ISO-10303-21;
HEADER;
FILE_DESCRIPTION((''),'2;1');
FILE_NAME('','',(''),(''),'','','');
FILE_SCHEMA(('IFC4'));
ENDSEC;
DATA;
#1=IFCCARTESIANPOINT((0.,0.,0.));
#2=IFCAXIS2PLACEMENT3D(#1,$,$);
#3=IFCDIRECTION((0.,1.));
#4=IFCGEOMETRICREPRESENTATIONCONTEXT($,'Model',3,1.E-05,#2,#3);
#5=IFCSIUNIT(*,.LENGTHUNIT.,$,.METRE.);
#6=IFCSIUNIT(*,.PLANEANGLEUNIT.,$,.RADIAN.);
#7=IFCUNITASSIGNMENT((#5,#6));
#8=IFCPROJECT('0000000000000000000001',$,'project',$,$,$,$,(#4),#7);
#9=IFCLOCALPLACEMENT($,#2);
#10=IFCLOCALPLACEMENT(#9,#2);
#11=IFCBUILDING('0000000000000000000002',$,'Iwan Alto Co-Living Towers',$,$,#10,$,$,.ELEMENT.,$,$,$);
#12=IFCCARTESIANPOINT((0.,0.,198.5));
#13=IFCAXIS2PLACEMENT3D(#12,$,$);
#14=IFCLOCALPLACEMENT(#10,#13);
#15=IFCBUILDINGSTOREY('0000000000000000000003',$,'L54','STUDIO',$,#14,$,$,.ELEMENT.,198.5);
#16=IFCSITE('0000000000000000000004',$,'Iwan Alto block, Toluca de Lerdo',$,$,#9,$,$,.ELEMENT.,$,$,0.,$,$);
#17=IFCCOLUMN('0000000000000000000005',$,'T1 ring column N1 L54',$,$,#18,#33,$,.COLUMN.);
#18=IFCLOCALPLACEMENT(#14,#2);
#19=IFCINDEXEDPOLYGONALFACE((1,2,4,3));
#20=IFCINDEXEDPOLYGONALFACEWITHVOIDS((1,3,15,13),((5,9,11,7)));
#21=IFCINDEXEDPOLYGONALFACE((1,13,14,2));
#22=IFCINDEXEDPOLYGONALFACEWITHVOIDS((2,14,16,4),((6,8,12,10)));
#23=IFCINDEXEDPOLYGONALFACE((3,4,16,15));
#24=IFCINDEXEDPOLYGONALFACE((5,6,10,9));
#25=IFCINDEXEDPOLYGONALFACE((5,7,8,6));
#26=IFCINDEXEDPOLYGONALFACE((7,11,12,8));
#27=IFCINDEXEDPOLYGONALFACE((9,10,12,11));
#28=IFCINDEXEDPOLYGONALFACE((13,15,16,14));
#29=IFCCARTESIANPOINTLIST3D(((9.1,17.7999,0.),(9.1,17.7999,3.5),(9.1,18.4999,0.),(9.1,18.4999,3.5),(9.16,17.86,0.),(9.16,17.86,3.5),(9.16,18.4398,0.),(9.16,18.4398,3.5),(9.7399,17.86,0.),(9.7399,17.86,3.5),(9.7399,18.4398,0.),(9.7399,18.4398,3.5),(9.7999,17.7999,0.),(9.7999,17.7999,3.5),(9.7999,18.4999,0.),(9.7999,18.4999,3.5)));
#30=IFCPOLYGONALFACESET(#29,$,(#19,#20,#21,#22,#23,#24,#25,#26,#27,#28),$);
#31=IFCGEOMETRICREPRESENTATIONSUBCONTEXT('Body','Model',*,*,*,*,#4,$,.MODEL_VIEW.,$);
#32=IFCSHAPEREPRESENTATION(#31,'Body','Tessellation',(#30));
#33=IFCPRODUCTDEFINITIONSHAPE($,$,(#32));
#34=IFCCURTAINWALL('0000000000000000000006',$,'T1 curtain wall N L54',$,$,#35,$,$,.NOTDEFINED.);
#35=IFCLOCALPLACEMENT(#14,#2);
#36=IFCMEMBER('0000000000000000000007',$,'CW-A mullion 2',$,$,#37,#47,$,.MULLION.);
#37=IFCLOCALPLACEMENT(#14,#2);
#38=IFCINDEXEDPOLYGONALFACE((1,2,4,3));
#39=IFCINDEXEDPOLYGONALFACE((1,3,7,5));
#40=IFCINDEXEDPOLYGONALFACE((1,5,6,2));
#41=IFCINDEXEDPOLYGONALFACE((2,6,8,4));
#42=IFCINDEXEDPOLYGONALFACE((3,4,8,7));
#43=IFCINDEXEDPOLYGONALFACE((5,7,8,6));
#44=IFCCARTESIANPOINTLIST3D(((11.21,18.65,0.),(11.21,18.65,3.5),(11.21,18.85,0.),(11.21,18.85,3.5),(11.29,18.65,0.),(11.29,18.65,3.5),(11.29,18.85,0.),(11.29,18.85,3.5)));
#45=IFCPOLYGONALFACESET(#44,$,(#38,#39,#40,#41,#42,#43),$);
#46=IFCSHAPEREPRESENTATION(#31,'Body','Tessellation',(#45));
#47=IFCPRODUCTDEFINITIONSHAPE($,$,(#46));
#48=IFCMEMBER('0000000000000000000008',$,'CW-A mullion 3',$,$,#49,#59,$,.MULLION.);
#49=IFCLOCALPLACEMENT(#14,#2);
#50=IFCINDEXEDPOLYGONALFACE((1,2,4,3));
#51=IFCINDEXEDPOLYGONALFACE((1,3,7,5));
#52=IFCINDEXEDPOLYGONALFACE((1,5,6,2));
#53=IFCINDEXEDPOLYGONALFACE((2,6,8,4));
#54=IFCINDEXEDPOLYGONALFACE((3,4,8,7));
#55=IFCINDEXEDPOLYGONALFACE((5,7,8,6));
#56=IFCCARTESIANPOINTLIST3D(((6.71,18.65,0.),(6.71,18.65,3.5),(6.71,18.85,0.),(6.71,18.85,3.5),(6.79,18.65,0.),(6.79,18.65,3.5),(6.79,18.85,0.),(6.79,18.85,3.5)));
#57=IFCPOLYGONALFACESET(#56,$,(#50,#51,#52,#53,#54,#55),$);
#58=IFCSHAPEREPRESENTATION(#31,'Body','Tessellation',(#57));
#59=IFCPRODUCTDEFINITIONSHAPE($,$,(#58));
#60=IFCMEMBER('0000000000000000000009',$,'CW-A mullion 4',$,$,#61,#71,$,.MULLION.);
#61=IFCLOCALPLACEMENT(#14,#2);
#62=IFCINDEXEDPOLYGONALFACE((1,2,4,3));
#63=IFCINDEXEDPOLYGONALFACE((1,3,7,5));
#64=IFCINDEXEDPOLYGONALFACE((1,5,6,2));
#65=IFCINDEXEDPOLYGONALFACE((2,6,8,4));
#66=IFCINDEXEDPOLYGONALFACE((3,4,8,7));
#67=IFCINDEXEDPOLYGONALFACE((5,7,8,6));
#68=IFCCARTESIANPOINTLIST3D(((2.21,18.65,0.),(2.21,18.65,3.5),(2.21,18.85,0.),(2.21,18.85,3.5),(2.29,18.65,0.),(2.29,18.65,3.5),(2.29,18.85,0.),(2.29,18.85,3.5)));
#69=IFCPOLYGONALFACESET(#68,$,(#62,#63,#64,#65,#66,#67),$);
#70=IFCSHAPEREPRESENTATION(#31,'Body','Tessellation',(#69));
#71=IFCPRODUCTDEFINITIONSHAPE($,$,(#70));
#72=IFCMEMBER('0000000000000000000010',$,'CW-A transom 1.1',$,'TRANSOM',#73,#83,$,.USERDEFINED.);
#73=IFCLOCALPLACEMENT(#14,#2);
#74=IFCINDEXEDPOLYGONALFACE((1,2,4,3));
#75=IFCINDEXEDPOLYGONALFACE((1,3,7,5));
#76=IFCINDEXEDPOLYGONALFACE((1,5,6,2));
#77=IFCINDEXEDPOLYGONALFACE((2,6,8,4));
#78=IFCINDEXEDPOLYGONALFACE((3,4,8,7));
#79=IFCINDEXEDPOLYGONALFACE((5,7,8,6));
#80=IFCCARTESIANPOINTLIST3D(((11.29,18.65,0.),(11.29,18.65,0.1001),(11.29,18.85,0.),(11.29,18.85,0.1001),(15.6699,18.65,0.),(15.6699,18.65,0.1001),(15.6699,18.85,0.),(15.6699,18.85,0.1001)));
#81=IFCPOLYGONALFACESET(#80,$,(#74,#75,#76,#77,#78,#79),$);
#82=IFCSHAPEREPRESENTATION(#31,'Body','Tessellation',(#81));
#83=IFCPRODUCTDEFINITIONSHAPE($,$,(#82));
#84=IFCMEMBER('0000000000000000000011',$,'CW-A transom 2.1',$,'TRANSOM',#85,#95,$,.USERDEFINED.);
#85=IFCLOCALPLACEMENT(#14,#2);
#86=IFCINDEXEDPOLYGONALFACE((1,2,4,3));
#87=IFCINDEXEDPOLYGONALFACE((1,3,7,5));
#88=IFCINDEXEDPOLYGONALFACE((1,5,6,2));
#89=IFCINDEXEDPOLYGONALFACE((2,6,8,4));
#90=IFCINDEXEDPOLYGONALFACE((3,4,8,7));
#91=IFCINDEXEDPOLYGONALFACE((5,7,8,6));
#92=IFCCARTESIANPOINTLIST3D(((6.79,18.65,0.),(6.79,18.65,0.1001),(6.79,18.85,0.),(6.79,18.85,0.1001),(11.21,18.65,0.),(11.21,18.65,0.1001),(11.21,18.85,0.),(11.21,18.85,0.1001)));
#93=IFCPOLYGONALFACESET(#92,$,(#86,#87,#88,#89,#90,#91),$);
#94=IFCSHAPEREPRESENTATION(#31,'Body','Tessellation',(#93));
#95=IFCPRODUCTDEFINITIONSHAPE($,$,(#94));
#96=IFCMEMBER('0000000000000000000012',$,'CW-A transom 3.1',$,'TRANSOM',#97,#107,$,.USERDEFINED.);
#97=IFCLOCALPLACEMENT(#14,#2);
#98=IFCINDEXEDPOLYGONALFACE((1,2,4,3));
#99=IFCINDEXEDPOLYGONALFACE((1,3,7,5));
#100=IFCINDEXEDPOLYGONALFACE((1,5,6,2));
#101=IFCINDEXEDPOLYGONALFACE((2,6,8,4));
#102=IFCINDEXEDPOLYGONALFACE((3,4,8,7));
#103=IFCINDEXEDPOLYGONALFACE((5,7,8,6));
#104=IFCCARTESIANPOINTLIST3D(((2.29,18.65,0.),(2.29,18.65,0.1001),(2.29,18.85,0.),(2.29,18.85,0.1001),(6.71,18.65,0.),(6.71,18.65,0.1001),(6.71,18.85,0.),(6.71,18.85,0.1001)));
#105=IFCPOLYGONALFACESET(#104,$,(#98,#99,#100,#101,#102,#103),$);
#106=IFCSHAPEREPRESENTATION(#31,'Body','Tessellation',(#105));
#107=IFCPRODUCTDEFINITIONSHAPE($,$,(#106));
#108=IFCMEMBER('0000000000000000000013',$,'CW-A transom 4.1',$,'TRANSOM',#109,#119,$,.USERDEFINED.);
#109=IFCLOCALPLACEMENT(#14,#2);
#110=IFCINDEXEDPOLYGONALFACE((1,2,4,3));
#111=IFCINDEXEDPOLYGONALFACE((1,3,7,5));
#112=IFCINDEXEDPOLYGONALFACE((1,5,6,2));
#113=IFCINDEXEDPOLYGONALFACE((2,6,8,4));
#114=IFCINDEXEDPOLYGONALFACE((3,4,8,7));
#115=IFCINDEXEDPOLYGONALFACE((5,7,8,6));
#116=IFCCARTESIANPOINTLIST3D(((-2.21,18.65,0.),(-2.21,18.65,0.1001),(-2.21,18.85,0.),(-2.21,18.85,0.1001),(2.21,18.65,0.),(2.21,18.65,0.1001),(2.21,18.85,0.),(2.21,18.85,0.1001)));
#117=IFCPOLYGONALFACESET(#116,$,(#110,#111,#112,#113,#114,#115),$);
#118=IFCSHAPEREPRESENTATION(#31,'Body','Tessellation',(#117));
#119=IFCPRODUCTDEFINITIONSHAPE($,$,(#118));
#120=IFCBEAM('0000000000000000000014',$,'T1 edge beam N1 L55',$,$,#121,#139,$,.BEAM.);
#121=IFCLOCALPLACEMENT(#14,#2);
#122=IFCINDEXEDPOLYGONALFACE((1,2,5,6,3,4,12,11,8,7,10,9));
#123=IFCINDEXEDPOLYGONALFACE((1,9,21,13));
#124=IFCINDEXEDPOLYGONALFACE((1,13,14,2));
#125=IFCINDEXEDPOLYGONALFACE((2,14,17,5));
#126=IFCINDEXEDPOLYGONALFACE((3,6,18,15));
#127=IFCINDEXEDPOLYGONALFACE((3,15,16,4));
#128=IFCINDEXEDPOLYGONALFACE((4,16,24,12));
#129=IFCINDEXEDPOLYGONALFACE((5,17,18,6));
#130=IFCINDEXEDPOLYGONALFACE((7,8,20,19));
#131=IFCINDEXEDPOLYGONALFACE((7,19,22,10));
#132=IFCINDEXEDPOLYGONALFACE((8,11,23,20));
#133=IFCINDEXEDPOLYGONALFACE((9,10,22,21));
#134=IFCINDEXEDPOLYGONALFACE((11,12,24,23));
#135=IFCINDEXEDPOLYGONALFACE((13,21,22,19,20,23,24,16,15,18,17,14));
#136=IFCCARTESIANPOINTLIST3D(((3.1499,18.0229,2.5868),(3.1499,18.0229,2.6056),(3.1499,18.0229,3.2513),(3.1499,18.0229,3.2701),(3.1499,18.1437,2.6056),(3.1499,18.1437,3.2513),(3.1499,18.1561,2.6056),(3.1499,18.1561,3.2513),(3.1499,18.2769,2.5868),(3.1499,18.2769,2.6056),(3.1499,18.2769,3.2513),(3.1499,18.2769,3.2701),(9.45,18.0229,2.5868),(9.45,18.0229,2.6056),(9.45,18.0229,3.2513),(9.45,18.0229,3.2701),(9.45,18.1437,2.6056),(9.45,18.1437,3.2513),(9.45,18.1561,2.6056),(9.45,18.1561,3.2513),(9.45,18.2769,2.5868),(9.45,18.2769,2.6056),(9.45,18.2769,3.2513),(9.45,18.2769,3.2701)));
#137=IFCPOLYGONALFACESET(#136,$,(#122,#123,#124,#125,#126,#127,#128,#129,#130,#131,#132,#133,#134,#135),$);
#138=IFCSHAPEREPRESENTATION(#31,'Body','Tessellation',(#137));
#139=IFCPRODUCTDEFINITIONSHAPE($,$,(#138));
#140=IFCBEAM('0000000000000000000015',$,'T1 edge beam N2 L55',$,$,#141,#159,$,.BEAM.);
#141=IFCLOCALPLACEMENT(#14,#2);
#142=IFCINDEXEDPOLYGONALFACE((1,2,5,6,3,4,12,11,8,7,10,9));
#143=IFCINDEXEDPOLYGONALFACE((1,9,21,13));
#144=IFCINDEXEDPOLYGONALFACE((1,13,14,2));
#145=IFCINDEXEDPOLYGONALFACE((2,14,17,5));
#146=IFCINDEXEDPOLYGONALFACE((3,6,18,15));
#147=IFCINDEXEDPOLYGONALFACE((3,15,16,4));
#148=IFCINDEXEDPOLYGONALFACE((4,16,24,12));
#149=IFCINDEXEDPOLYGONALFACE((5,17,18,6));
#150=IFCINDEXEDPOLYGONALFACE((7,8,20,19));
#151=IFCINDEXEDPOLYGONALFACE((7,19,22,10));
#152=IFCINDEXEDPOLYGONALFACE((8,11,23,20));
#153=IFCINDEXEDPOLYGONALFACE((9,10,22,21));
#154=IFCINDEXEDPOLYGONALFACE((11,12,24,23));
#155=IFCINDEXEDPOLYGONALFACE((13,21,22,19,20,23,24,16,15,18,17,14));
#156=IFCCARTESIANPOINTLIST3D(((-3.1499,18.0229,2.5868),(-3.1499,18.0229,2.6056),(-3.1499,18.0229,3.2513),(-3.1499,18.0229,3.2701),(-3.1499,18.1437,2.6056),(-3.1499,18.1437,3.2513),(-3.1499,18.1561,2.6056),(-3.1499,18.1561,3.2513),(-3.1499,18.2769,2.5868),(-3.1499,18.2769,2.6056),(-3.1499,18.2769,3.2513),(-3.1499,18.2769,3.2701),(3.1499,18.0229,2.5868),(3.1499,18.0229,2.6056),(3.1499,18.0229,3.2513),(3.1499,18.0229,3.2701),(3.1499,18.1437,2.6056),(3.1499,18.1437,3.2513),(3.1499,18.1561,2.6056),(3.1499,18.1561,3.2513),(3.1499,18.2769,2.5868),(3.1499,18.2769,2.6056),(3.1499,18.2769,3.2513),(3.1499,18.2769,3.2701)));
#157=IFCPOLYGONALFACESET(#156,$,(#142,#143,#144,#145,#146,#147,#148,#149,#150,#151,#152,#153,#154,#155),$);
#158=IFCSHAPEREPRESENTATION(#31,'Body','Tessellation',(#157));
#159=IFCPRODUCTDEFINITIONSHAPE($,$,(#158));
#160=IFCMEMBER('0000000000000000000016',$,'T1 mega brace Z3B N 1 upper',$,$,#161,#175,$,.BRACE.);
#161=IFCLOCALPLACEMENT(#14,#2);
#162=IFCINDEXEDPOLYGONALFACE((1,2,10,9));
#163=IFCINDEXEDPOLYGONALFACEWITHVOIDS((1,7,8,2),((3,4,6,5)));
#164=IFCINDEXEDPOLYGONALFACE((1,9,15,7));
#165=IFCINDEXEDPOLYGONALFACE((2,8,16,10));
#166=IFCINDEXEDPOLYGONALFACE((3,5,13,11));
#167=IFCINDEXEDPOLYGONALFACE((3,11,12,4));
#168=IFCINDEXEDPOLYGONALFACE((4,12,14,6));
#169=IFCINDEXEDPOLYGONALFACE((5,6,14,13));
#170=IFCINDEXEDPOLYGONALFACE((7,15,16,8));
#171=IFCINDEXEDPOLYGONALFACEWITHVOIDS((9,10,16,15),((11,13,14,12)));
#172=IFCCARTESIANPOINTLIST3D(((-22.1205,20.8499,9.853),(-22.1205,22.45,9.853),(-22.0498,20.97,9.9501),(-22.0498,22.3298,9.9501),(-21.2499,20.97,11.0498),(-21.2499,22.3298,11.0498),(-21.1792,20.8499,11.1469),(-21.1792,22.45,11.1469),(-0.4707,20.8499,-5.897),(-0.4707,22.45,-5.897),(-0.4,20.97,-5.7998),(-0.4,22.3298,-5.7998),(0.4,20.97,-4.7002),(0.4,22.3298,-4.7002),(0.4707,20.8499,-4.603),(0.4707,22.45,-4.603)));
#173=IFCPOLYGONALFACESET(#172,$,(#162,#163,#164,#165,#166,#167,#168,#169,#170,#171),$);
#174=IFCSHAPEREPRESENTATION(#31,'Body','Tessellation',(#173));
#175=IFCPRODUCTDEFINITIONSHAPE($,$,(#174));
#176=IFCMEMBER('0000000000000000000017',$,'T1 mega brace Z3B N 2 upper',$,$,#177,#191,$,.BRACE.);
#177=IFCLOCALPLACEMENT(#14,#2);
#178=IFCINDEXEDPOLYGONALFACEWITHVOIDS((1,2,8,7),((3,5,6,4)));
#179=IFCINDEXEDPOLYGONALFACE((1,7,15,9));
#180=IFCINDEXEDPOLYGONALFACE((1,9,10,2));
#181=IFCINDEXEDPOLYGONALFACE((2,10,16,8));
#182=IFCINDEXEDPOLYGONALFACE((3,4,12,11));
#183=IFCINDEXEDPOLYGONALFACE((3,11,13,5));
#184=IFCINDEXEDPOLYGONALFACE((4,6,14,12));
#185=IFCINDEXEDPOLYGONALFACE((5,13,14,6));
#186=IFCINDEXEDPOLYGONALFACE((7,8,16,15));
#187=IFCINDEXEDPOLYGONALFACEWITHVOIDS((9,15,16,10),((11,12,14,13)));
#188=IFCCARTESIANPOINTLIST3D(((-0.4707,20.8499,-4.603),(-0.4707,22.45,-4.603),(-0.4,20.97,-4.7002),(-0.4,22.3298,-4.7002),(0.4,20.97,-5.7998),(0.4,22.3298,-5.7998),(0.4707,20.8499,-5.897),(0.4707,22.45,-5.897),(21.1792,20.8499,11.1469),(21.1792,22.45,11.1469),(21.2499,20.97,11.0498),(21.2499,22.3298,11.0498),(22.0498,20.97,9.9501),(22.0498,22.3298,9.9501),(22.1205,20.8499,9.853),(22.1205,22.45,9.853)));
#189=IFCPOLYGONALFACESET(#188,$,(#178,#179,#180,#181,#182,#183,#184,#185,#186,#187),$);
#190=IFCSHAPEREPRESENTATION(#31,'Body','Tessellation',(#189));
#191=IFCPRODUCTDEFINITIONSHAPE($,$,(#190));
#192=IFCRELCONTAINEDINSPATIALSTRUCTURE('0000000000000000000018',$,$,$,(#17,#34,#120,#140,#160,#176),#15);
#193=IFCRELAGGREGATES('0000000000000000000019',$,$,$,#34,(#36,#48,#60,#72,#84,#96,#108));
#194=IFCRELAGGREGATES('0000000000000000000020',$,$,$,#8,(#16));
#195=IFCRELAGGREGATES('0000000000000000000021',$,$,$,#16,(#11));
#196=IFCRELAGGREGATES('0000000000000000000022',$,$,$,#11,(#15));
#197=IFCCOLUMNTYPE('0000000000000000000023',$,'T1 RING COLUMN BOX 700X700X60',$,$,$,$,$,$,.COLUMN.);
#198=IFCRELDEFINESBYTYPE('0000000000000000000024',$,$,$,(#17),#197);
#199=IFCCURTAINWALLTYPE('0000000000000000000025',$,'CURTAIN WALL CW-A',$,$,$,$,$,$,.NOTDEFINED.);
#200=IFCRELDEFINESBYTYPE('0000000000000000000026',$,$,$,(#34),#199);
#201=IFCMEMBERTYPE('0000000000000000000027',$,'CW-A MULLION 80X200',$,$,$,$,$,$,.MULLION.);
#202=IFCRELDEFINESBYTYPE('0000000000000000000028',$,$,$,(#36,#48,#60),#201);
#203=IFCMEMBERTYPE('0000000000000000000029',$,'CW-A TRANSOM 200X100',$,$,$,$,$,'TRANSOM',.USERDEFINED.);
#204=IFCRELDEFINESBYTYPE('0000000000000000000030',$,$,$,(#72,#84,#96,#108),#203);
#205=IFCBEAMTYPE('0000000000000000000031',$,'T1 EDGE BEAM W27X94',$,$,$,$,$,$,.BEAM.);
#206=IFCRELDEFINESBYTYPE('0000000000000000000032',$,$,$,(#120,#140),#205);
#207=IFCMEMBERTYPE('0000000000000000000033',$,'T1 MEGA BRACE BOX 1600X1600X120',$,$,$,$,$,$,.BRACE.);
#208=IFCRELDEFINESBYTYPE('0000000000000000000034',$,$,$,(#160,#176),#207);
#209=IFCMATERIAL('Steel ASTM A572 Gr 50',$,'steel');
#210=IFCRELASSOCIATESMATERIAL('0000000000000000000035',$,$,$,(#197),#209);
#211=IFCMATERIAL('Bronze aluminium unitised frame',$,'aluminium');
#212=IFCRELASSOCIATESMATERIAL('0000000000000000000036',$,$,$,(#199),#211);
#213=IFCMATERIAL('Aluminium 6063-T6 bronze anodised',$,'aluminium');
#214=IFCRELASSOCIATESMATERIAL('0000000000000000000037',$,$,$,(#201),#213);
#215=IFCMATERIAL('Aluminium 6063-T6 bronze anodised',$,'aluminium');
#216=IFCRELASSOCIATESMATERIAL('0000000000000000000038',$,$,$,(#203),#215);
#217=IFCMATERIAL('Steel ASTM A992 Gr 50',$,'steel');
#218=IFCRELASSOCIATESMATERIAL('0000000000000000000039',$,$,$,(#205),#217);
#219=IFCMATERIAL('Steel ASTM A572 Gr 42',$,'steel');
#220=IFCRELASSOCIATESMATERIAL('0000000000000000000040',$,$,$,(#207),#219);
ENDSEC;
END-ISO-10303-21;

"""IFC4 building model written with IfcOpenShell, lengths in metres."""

from ifc_helpers import new_model, si_unit, direction, frame, origin, origin_2d, place, context, subcontext, project, spatial, rectangle, hollow_rectangle, i_section, extrude, material, material_profile, profile_set, type_object, element, aggregate, save


model = new_model("IFC4")

# Units and contexts
model_context = context("Model", 3, precision=1e-05, world=origin(), true_north=direction((0.0, 1.0)))
body_context = subcontext(model_context, "Body", "Model", "MODEL_VIEW")
ifc_project = project(units=[si_unit("LENGTHUNIT", "METRE"), si_unit("PLANEANGLEUNIT", "RADIAN")], contexts=[model_context])

# Site, building, storey
site_placement = place(None, origin())
site = spatial("IfcSite", under=ifc_project, at=site_placement, Name="Iwan Alto block, Toluca de Lerdo", CompositionType="ELEMENT", RefElevation=0.0)
building_placement = place(site_placement, origin())
building = spatial("IfcBuilding", under=site, at=building_placement, Name="Iwan Alto Co-Living Towers", CompositionType="ELEMENT")
storey_placement = place(building_placement, frame((0.0, 0.0, 198.5)))
storey = spatial("IfcBuildingStorey", under=building, at=storey_placement, Name="L54", Description="STUDIO", CompositionType="ELEMENT", Elevation=198.5)

# Column
ifc_material_1 = material(Name="Steel ASTM A572 Gr 50", Category="steel")
ifc_material_profile_1 = material_profile(ifc_material_1, hollow_rectangle(XDim=0.7, YDim=0.7, WallThickness=0.0601, at=origin_2d()), Name="BOX 700X700X60")
ifc_profile_set_1 = profile_set([ifc_material_profile_1], Name="Steel ASTM A572 Gr 50")
column_type = type_object("IfcColumnType", Name="T1 RING COLUMN BOX 700X700X60", PredefinedType="COLUMN", material=ifc_profile_set_1)
column_placement = place(storey_placement, frame((9.45, 18.1499, 0.0), z_axis=(0.0, 0.0, 1.0), x_axis=(1.0, 0.0, 0.0)))
element("IfcColumn", 1, at=column_placement, inside=storey, type_object=column_type, Name="T1 ring column N1 L54", PredefinedType="COLUMN", context=body_context, shape_type="SweptSolid", body=[
    extrude(hollow_rectangle(XDim=0.7, YDim=0.7, WallThickness=0.0601, at=origin_2d()), origin(), (0.0, 0.0, 1.0), 3.5),
])

# Curtain wall, members
ifc_material_2 = material(Name="Bronze aluminium unitised frame", Category="aluminium")
curtain_wall_type = type_object("IfcCurtainWallType", Name="CURTAIN WALL CW-A", PredefinedType="NOTDEFINED", material=ifc_material_2)
curtain_wall_placement = place(storey_placement, origin())
curtain_wall = element("IfcCurtainWall", 2, at=curtain_wall_placement, inside=storey, type_object=curtain_wall_type, Name="T1 curtain wall N L54", PredefinedType="NOTDEFINED")
ifc_material_3 = material(Name="Aluminium 6063-T6 bronze anodised", Category="aluminium")
ifc_material_profile_2 = material_profile(ifc_material_3, rectangle(XDim=0.2, YDim=0.0801, at=origin_2d()), Name="AL 80X200")
ifc_profile_set_2 = profile_set([ifc_material_profile_2], Name="Aluminium 6063-T6 bronze anodised")
member_type_1 = type_object("IfcMemberType", Name="CW-A MULLION 80X200", PredefinedType="MULLION", material=ifc_profile_set_2)
member_1_placement = place(storey_placement, frame((11.25, 18.75, 0.0), z_axis=(0.0, 0.0, 1.0), x_axis=(0.0, -1.0, 0.0)))
member_1 = element("IfcMember", 3, at=member_1_placement, type_object=member_type_1, Name="CW-A mullion 2", PredefinedType="MULLION", context=body_context, shape_type="SweptSolid", body=[
    extrude(rectangle(XDim=0.2, YDim=0.0801, at=origin_2d()), origin(), (0.0, 0.0, 1.0), 3.5),
])
member_2_placement = place(storey_placement, frame((6.75, 18.75, 0.0), z_axis=(0.0, 0.0, 1.0), x_axis=(0.0, -1.0, 0.0)))
member_2 = element("IfcMember", 4, at=member_2_placement, type_object=member_type_1, Name="CW-A mullion 3", PredefinedType="MULLION", context=body_context, shape_type="SweptSolid", body=[
    extrude(rectangle(XDim=0.2, YDim=0.0801, at=origin_2d()), origin(), (0.0, 0.0, 1.0), 3.5),
])
member_3_placement = place(storey_placement, frame((2.25, 18.75, 0.0), z_axis=(0.0, 0.0, 1.0), x_axis=(0.0, -1.0, 0.0)))
member_3 = element("IfcMember", 5, at=member_3_placement, type_object=member_type_1, Name="CW-A mullion 4", PredefinedType="MULLION", context=body_context, shape_type="SweptSolid", body=[
    extrude(rectangle(XDim=0.2, YDim=0.0801, at=origin_2d()), origin(), (0.0, 0.0, 1.0), 3.5),
])
ifc_material_4 = material(Name="Aluminium 6063-T6 bronze anodised", Category="aluminium")
ifc_material_profile_3 = material_profile(ifc_material_4, rectangle(XDim=0.2, YDim=0.1001, at=origin_2d()), Name="AL 200X100")
ifc_profile_set_3 = profile_set([ifc_material_profile_3], Name="Aluminium 6063-T6 bronze anodised")
member_type_2 = type_object("IfcMemberType", Name="CW-A TRANSOM 200X100", ElementType="TRANSOM", PredefinedType="USERDEFINED", material=ifc_profile_set_3)
member_4_placement = place(storey_placement, frame((15.6699, 18.75, 0.05), z_axis=(-1.0, 0.0, 0.0), x_axis=(0.0, -1.0, 0.0)))
member_4 = element("IfcMember", 6, at=member_4_placement, type_object=member_type_2, Name="CW-A transom 1.1", ObjectType="TRANSOM", PredefinedType="USERDEFINED", context=body_context, shape_type="SweptSolid", body=[
    extrude(rectangle(XDim=0.2, YDim=0.1001, at=origin_2d()), origin(), (0.0, 0.0, 1.0), 4.3799),
])
member_5_placement = place(storey_placement, frame((11.21, 18.75, 0.05), z_axis=(-1.0, 0.0, 0.0), x_axis=(0.0, -1.0, 0.0)))
member_5 = element("IfcMember", 7, at=member_5_placement, type_object=member_type_2, Name="CW-A transom 2.1", ObjectType="TRANSOM", PredefinedType="USERDEFINED", context=body_context, shape_type="SweptSolid", body=[
    extrude(rectangle(XDim=0.2, YDim=0.1001, at=origin_2d()), origin(), (0.0, 0.0, 1.0), 4.4199),
])
member_6_placement = place(storey_placement, frame((6.71, 18.75, 0.05), z_axis=(-1.0, 0.0, 0.0), x_axis=(0.0, -1.0, 0.0)))
member_6 = element("IfcMember", 8, at=member_6_placement, type_object=member_type_2, Name="CW-A transom 3.1", ObjectType="TRANSOM", PredefinedType="USERDEFINED", context=body_context, shape_type="SweptSolid", body=[
    extrude(rectangle(XDim=0.2, YDim=0.1001, at=origin_2d()), origin(), (0.0, 0.0, 1.0), 4.4199),
])
member_7_placement = place(storey_placement, frame((2.21, 18.75, 0.05), z_axis=(-1.0, 0.0, 0.0), x_axis=(0.0, -1.0, 0.0)))
member_7 = element("IfcMember", 9, at=member_7_placement, type_object=member_type_2, Name="CW-A transom 4.1", ObjectType="TRANSOM", PredefinedType="USERDEFINED", context=body_context, shape_type="SweptSolid", body=[
    extrude(rectangle(XDim=0.2, YDim=0.1001, at=origin_2d()), origin(), (0.0, 0.0, 1.0), 4.4199),
])

# Beams
ifc_material_5 = material(Name="Steel ASTM A992 Gr 50", Category="steel")
ifc_material_profile_4 = material_profile(ifc_material_5, i_section(OverallWidth=0.2539, OverallDepth=0.6833, WebThickness=0.0125, FlangeThickness=0.0188, at=origin_2d()), Name="W27X94")
ifc_profile_set_4 = profile_set([ifc_material_profile_4], Name="Steel ASTM A992 Gr 50")
beam_type_1 = type_object("IfcBeamType", Name="T1 EDGE BEAM W27X94", PredefinedType="BEAM", material=ifc_profile_set_4)
beam_1_placement = place(storey_placement, frame((9.45, 18.1499, 2.9285), z_axis=(-1.0, 0.0, 0.0), x_axis=(0.0, -1.0, 0.0)))
element("IfcBeam", 10, at=beam_1_placement, inside=storey, type_object=beam_type_1, Name="T1 edge beam N1 L55", PredefinedType="BEAM", context=body_context, shape_type="SweptSolid", body=[
    extrude(i_section(OverallWidth=0.2539, OverallDepth=0.6833, WebThickness=0.0125, FlangeThickness=0.0188, at=origin_2d()), origin(), (0.0, 0.0, 1.0), 6.3),
])
beam_2_placement = place(storey_placement, frame((3.1499, 18.1499, 2.9285), z_axis=(-1.0, 0.0, 0.0), x_axis=(0.0, -1.0, 0.0)))
element("IfcBeam", 11, at=beam_2_placement, inside=storey, type_object=beam_type_1, Name="T1 edge beam N2 L55", PredefinedType="BEAM", context=body_context, shape_type="SweptSolid", body=[
    extrude(i_section(OverallWidth=0.2539, OverallDepth=0.6833, WebThickness=0.0125, FlangeThickness=0.0188, at=origin_2d()), origin(), (0.0, 0.0, 1.0), 6.2998),
])

# Members
ifc_material_6 = material(Name="Steel ASTM A572 Gr 42", Category="steel")
ifc_material_profile_5 = material_profile(ifc_material_6, hollow_rectangle(XDim=1.6001, YDim=1.6001, WallThickness=0.1201, at=origin_2d()), Name="BOX 1600X1600X120")
ifc_profile_set_5 = profile_set([ifc_material_profile_5], Name="Steel ASTM A572 Gr 42")
member_type_3 = type_object("IfcMemberType", Name="T1 MEGA BRACE BOX 1600X1600X120", PredefinedType="BRACE", material=ifc_profile_set_5)
for number, where, z_axis, x_axis, name in (
    (12, (0.0, 21.6499, -5.25), (-0.808654, 0.0, 0.588284), (0.0, -1.0, 0.0), "T1 mega brace Z3B N 1 upper"),
    (13, (0.0, 21.6499, -5.25), (0.808654, 0.0, 0.588284), (0.0, 1.0, 0.0), "T1 mega brace Z3B N 2 upper"),
):
    element("IfcMember", number, at=place(storey_placement, frame(where, z_axis=z_axis, x_axis=x_axis)), inside=storey, type_object=member_type_3, Name=name, PredefinedType="BRACE", context=body_context, shape_type="SweptSolid", body=[
        extrude(hollow_rectangle(XDim=1.6001, YDim=1.6001, WallThickness=0.1201, at=origin_2d()), origin(), (0.0, 0.0, 1.0), 26.7727),
    ])

aggregate(curtain_wall, [member_1, member_2, member_3, member_4, member_5, member_6, member_7])

save(model, "model.ifc")
